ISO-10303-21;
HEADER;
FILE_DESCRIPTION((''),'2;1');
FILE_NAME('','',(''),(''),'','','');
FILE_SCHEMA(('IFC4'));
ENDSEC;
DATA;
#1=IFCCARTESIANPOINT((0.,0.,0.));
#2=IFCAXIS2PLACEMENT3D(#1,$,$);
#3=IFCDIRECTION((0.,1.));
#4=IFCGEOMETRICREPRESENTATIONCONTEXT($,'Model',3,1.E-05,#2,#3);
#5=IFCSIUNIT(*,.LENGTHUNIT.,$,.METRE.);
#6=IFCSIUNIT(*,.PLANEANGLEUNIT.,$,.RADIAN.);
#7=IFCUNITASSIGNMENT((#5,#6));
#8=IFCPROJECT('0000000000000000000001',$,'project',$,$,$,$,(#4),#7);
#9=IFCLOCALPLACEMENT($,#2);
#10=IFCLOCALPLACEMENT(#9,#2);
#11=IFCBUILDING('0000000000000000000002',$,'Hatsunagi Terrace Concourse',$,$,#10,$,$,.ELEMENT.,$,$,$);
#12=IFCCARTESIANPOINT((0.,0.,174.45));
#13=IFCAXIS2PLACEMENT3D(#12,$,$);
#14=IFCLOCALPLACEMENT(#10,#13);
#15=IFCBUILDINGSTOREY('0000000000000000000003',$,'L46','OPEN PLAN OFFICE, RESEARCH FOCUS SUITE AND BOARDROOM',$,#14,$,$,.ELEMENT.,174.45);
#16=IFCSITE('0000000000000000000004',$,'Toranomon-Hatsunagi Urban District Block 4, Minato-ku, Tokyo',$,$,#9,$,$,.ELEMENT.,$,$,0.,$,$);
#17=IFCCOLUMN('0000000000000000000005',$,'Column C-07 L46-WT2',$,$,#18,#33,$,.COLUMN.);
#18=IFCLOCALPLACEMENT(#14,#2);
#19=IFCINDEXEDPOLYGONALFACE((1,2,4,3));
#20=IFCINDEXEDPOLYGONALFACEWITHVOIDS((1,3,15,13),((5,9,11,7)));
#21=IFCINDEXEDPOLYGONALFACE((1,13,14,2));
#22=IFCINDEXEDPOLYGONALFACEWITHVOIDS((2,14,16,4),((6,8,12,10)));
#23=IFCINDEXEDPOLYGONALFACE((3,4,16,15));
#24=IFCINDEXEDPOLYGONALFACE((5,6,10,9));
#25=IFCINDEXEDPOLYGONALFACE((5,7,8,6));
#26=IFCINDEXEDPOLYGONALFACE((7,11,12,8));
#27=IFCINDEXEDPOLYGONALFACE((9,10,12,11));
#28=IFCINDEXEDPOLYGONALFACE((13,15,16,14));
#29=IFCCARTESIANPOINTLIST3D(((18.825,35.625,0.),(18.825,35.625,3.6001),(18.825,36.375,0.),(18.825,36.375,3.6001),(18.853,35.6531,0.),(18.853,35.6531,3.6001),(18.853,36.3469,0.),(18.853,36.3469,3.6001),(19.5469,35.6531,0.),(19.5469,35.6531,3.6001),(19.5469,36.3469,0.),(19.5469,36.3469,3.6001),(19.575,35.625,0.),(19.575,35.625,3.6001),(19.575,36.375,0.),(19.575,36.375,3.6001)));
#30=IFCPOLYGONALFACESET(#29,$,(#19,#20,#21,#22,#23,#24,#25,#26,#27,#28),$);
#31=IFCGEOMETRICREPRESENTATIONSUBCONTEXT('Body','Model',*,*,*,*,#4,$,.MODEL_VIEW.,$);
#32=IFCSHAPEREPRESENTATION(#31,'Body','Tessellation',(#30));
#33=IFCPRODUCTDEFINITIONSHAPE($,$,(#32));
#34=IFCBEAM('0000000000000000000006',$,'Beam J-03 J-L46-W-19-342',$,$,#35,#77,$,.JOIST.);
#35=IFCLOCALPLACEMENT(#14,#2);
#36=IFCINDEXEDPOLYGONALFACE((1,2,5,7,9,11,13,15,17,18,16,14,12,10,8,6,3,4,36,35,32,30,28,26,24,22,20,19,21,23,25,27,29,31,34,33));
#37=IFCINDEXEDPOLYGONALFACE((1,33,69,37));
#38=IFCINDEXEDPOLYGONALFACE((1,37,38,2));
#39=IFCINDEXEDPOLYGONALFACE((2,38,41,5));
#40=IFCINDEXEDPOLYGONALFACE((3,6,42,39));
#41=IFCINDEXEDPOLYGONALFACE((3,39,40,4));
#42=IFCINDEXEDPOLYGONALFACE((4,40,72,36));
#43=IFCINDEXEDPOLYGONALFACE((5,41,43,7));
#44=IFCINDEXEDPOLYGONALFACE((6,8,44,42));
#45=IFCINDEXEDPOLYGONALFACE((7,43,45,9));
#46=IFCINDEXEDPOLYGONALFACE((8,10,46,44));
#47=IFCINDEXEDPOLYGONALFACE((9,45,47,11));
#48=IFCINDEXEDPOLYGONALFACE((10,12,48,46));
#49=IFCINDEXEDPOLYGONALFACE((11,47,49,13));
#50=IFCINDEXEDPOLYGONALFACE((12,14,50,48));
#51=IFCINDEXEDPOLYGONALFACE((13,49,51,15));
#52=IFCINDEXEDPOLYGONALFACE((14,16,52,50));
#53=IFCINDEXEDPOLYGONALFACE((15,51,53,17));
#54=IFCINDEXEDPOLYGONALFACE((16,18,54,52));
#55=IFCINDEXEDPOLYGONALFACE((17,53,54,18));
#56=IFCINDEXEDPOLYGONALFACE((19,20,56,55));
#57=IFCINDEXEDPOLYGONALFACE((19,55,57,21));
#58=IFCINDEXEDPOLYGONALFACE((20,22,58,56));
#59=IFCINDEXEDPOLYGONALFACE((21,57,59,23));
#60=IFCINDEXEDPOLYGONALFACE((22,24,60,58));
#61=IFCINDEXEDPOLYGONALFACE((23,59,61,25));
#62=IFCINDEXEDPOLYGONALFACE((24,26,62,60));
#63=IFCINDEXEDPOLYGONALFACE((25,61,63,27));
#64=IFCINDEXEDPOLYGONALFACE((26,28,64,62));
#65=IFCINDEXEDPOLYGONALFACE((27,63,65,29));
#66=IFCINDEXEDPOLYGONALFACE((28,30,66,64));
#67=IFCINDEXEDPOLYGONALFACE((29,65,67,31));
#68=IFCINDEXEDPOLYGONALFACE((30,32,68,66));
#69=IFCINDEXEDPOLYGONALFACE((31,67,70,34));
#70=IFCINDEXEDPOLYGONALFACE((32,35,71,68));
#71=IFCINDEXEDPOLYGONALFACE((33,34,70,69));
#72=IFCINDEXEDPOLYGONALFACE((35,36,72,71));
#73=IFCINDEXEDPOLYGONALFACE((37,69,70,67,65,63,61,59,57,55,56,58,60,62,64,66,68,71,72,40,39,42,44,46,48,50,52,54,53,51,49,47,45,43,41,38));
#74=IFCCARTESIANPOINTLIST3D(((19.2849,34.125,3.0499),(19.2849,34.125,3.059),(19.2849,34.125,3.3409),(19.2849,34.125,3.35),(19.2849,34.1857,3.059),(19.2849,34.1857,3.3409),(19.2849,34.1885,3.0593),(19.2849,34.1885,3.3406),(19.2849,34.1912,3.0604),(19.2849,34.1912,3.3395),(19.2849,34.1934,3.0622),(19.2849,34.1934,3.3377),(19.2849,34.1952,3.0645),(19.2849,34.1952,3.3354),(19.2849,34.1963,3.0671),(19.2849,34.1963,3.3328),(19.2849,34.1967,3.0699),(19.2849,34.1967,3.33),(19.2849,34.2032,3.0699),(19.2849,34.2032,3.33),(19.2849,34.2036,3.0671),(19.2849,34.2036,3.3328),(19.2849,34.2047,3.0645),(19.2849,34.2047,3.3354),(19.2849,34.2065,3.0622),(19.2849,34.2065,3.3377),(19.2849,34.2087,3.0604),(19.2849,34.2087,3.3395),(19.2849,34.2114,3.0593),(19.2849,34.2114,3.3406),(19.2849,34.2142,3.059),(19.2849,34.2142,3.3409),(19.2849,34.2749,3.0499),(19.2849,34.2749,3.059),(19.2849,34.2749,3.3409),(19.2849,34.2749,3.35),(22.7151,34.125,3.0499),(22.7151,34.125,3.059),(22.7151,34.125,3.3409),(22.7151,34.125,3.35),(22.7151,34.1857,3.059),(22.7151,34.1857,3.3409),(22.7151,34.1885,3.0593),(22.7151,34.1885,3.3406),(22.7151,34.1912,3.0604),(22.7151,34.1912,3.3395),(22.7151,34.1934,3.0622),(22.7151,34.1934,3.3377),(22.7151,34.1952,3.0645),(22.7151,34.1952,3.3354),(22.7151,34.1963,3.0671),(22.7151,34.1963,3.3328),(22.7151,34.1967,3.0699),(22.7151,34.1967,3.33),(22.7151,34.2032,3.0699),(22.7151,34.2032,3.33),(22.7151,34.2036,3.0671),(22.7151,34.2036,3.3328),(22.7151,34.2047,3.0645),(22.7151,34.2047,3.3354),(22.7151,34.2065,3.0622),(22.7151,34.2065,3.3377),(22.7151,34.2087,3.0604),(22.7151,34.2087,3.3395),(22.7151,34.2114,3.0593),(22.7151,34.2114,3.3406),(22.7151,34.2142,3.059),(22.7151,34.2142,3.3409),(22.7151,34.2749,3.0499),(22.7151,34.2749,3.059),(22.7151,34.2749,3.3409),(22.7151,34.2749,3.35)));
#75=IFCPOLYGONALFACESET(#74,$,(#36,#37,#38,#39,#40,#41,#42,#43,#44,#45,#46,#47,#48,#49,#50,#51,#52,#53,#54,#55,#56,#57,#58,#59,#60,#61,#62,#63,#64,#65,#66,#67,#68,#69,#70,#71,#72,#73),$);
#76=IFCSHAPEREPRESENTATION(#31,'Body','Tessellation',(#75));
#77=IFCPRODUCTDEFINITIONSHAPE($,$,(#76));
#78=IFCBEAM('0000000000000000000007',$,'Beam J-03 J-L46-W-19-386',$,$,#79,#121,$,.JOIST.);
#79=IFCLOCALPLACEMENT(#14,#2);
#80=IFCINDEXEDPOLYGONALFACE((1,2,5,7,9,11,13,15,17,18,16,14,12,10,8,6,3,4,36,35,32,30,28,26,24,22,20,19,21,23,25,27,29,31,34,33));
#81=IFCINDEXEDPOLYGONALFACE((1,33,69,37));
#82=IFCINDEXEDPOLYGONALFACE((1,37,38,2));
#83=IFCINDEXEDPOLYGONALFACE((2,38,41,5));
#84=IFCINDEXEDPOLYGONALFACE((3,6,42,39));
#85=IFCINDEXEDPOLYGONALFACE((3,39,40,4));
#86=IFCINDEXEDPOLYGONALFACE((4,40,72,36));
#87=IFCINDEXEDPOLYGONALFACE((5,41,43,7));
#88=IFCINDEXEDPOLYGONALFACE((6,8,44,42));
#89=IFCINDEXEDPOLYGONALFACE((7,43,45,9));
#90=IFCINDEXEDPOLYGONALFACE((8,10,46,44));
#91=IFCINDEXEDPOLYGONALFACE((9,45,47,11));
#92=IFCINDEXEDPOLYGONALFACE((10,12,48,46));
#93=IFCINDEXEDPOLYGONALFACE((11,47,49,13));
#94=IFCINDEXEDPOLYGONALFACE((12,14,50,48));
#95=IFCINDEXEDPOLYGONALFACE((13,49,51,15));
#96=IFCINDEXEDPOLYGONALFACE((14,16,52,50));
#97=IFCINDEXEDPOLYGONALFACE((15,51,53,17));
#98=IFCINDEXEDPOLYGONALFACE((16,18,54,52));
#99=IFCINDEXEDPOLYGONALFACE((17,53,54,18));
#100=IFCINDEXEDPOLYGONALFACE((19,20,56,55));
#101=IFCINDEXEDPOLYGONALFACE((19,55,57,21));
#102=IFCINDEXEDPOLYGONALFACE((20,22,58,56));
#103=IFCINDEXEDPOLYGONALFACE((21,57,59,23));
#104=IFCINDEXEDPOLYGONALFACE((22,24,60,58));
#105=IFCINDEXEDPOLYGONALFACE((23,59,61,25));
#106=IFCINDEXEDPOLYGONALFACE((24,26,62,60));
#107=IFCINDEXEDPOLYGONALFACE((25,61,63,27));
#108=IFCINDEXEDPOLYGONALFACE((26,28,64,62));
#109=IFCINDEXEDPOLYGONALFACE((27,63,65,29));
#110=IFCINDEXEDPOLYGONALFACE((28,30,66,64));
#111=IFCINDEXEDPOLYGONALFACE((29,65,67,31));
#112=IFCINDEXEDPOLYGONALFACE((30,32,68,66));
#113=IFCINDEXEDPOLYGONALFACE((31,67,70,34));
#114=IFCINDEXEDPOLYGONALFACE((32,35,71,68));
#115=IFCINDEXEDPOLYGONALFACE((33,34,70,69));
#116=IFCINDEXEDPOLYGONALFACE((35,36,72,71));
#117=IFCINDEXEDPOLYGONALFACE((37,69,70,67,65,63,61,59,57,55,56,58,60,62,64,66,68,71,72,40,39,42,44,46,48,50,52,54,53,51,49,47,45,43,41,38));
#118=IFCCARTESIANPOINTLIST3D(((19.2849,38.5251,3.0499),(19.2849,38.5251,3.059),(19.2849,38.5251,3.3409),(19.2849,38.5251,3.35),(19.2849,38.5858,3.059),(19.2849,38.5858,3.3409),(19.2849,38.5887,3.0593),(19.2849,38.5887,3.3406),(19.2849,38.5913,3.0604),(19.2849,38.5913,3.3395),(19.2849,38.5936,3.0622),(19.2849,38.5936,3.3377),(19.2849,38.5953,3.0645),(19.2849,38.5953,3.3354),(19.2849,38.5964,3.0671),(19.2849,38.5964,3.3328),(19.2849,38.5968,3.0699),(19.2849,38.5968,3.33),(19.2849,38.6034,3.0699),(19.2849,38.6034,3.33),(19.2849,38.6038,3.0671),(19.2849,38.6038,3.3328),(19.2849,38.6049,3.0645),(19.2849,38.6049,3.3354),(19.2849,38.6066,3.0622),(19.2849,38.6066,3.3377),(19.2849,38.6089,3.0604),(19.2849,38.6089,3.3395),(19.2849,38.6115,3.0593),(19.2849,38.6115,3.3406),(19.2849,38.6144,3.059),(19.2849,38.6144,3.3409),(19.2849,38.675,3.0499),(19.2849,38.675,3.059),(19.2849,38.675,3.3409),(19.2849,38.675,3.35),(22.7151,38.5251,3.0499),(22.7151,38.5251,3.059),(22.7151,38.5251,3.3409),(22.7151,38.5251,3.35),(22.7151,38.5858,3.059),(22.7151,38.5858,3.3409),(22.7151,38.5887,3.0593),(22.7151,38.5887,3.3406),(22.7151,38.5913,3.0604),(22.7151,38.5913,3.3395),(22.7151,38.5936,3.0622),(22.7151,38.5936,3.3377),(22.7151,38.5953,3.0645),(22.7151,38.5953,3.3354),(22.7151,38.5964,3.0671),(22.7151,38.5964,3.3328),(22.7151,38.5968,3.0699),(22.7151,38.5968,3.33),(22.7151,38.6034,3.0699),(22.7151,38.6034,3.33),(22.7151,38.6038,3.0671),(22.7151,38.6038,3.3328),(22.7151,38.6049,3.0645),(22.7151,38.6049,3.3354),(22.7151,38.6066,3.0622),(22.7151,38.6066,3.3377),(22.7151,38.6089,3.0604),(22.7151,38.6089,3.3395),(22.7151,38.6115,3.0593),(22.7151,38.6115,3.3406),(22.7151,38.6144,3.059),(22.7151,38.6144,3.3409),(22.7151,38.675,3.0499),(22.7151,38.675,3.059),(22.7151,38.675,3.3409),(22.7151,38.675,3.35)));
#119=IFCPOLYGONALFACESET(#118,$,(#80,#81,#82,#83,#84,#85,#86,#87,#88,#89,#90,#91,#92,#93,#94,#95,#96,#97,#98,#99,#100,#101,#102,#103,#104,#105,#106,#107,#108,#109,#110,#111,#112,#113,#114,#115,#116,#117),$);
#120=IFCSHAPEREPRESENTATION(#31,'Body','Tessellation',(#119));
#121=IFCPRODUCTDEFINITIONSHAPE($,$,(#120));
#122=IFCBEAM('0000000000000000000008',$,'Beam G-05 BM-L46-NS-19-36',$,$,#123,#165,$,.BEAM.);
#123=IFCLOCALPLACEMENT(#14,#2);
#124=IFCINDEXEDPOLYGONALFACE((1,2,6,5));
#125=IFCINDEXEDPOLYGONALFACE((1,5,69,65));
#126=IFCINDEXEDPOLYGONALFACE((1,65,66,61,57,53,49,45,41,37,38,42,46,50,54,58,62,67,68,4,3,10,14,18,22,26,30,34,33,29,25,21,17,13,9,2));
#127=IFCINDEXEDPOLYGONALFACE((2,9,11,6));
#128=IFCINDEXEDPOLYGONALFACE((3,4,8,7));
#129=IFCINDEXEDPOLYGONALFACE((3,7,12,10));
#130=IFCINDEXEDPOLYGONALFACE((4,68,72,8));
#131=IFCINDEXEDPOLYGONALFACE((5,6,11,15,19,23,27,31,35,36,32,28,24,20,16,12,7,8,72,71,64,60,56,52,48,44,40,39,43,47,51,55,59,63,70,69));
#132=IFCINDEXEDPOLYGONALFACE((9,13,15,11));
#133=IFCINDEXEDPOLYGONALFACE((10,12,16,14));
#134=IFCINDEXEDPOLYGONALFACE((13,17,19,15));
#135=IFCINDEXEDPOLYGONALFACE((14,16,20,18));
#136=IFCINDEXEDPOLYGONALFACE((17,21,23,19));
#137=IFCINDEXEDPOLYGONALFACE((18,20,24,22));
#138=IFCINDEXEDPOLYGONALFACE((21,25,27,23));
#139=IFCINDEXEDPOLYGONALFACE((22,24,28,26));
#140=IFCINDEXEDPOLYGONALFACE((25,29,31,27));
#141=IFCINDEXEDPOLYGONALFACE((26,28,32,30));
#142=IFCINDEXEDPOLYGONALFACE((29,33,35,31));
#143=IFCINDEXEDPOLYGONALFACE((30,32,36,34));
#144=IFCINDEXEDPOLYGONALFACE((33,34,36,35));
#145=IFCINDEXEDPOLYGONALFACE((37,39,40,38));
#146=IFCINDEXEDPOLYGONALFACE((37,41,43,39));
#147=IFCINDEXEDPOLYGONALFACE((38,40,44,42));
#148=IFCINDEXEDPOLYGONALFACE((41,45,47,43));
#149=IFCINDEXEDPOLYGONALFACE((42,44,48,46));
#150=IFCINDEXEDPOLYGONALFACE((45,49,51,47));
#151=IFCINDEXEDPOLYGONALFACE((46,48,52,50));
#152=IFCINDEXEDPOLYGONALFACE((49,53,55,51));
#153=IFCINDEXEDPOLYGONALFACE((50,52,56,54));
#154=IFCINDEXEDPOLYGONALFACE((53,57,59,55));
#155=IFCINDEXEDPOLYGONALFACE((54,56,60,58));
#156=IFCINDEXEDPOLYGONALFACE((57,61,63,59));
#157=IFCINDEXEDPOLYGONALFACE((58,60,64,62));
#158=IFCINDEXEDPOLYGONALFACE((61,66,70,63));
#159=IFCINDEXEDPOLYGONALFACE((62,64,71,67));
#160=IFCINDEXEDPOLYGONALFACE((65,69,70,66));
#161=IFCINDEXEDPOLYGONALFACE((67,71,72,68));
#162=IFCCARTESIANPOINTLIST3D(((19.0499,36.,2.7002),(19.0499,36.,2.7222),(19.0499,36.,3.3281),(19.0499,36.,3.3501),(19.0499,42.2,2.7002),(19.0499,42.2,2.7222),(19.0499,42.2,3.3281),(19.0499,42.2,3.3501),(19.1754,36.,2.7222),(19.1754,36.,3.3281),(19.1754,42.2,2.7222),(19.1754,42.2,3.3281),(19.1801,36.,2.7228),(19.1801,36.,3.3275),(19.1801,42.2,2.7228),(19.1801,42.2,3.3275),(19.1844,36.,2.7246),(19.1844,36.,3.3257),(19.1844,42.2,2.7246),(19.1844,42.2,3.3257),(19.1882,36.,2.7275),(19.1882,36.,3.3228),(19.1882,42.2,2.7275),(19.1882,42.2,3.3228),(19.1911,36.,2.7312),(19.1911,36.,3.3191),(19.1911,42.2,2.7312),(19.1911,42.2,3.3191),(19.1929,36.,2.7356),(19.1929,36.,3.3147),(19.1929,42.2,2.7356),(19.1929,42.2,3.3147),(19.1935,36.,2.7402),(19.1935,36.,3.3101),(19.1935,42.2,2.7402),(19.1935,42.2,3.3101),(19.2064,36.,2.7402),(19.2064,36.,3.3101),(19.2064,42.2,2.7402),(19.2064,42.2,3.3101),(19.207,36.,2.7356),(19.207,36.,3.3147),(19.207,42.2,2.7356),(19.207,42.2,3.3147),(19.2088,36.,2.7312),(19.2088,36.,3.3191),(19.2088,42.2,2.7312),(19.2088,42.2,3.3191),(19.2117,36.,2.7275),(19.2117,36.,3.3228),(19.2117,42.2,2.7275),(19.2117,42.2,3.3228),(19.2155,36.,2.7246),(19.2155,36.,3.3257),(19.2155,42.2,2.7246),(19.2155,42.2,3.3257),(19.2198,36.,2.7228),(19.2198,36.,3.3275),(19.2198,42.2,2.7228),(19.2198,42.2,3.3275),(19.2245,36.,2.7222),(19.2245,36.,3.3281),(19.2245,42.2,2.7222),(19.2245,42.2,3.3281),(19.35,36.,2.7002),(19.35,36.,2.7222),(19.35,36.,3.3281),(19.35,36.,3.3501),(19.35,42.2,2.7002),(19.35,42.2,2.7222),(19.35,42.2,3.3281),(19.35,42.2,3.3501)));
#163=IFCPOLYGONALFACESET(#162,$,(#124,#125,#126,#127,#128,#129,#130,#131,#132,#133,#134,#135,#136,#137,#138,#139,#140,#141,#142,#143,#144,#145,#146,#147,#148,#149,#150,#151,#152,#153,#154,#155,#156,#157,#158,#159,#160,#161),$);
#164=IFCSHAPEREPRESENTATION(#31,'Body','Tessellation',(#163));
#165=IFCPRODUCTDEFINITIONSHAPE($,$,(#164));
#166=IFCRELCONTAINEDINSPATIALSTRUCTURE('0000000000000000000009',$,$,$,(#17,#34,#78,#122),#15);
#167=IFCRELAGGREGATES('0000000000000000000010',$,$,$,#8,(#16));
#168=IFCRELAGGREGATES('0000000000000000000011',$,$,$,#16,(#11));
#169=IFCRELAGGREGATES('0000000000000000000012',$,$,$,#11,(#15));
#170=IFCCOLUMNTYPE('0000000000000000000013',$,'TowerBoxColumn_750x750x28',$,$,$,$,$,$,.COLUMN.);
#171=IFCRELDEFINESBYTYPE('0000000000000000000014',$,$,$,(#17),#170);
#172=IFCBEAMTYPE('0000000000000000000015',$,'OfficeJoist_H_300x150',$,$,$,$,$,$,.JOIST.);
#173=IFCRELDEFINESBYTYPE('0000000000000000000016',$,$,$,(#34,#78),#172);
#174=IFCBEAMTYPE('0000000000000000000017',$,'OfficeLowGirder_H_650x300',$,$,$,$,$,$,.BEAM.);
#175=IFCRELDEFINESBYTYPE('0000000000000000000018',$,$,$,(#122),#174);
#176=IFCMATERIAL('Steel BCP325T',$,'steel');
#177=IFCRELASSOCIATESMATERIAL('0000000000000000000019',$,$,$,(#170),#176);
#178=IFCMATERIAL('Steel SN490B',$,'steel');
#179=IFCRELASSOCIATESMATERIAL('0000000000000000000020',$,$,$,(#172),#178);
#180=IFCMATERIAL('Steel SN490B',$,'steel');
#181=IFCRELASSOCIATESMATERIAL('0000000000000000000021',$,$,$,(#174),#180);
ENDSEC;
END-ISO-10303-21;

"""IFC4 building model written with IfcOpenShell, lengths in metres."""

from ifc_helpers import new_model, si_unit, direction, frame, origin, origin_2d, place, context, subcontext, project, spatial, hollow_rectangle, i_section, extrude, material, material_profile, profile_set, type_object, element, save


model = new_model("IFC4")

# Units and contexts
model_context = context("Model", 3, precision=1e-05, world=origin(), true_north=direction((0.0, 1.0)))
body_context = subcontext(model_context, "Body", "Model", "MODEL_VIEW")
ifc_project = project(units=[si_unit("LENGTHUNIT", "METRE"), si_unit("PLANEANGLEUNIT", "RADIAN")], contexts=[model_context])

# Site, building, storey
site_placement = place(None, origin())
site = spatial("IfcSite", under=ifc_project, at=site_placement, Name="Toranomon-Hatsunagi Urban District Block 4, Minato-ku, Tokyo", CompositionType="ELEMENT", RefElevation=0.0)
building_placement = place(site_placement, origin())
building = spatial("IfcBuilding", under=site, at=building_placement, Name="Hatsunagi Terrace Concourse", CompositionType="ELEMENT")
storey_placement = place(building_placement, frame((0.0, 0.0, 174.45)))
storey = spatial("IfcBuildingStorey", under=building, at=storey_placement, Name="L46", Description="OPEN PLAN OFFICE, RESEARCH FOCUS SUITE AND BOARDROOM", CompositionType="ELEMENT", Elevation=174.45)

# Column
ifc_material_1 = material(Name="Steel BCP325T", Category="steel")
ifc_material_profile_1 = material_profile(ifc_material_1, hollow_rectangle(XDim=0.75, YDim=0.75, WallThickness=0.0281, at=origin_2d()), Name="BCP-750x750x28")
ifc_profile_set_1 = profile_set([ifc_material_profile_1], Name="Steel BCP325T")
column_type = type_object("IfcColumnType", Name="TowerBoxColumn_750x750x28", PredefinedType="COLUMN", material=ifc_profile_set_1)
column_placement = place(storey_placement, frame((19.2, 36.0, 0.0), z_axis=(0.0, 0.0, 1.0), x_axis=(1.0, 0.0, 0.0)))
element("IfcColumn", 1, at=column_placement, inside=storey, type_object=column_type, Name="Column C-07 L46-WT2", PredefinedType="COLUMN", context=body_context, shape_type="SweptSolid", body=[
    extrude(hollow_rectangle(XDim=0.75, YDim=0.75, WallThickness=0.0281, at=origin_2d()), origin(), (0.0, 0.0, 1.0), 3.6001),
])

# Beams
ifc_material_2 = material(Name="Steel SN490B", Category="steel")
ifc_material_profile_2 = material_profile(ifc_material_2, i_section(OverallWidth=0.1499, OverallDepth=0.3, WebThickness=0.0066, FlangeThickness=0.009, FilletRadius=0.011, at=origin_2d()), Name="H-300x150x6.5x9")
ifc_profile_set_2 = profile_set([ifc_material_profile_2], Name="Steel SN490B")
beam_type_1 = type_object("IfcBeamType", Name="OfficeJoist_H_300x150", PredefinedType="JOIST", material=ifc_profile_set_2)
for number, where, z_axis, x_axis, name in (
    (2, (19.2849, 34.2, 3.2), (1.0, 0.0, 0.0), (0.0, 1.0, 0.0), "Beam J-03 J-L46-W-19-342"),
    (3, (19.2849, 38.6001, 3.2), (1.0, 0.0, 0.0), (0.0, 1.0, 0.0), "Beam J-03 J-L46-W-19-386"),
):
    element("IfcBeam", number, at=place(storey_placement, frame(where, z_axis=z_axis, x_axis=x_axis)), inside=storey, type_object=beam_type_1, Name=name, PredefinedType="JOIST", context=body_context, shape_type="SweptSolid", body=[
        extrude(i_section(OverallWidth=0.1499, OverallDepth=0.3, WebThickness=0.0066, FlangeThickness=0.009, FilletRadius=0.011, at=origin_2d()), origin(), (0.0, 0.0, 1.0), 3.4302),
    ])
ifc_material_3 = material(Name="Steel SN490B", Category="steel")
ifc_material_profile_3 = material_profile(ifc_material_3, i_section(OverallWidth=0.3, OverallDepth=0.6499, WebThickness=0.0129, FlangeThickness=0.022, FilletRadius=0.0181, at=origin_2d()), Name="H-650x300x13x22")
ifc_profile_set_3 = profile_set([ifc_material_profile_3], Name="Steel SN490B")
beam_type_2 = type_object("IfcBeamType", Name="OfficeLowGirder_H_650x300", PredefinedType="BEAM", material=ifc_profile_set_3)
beam_1_placement = place(storey_placement, frame((19.2, 36.0, 3.0251), z_axis=(0.0, 1.0, 0.0), x_axis=(-1.0, 0.0, 0.0)))
element("IfcBeam", 4, at=beam_1_placement, inside=storey, type_object=beam_type_2, Name="Beam G-05 BM-L46-NS-19-36", PredefinedType="BEAM", context=body_context, shape_type="SweptSolid", body=[
    extrude(i_section(OverallWidth=0.3, OverallDepth=0.6499, WebThickness=0.0129, FlangeThickness=0.022, FilletRadius=0.0181, at=origin_2d()), origin(), (0.0, 0.0, 1.0), 6.2),
])

save(model, "model.ifc")
